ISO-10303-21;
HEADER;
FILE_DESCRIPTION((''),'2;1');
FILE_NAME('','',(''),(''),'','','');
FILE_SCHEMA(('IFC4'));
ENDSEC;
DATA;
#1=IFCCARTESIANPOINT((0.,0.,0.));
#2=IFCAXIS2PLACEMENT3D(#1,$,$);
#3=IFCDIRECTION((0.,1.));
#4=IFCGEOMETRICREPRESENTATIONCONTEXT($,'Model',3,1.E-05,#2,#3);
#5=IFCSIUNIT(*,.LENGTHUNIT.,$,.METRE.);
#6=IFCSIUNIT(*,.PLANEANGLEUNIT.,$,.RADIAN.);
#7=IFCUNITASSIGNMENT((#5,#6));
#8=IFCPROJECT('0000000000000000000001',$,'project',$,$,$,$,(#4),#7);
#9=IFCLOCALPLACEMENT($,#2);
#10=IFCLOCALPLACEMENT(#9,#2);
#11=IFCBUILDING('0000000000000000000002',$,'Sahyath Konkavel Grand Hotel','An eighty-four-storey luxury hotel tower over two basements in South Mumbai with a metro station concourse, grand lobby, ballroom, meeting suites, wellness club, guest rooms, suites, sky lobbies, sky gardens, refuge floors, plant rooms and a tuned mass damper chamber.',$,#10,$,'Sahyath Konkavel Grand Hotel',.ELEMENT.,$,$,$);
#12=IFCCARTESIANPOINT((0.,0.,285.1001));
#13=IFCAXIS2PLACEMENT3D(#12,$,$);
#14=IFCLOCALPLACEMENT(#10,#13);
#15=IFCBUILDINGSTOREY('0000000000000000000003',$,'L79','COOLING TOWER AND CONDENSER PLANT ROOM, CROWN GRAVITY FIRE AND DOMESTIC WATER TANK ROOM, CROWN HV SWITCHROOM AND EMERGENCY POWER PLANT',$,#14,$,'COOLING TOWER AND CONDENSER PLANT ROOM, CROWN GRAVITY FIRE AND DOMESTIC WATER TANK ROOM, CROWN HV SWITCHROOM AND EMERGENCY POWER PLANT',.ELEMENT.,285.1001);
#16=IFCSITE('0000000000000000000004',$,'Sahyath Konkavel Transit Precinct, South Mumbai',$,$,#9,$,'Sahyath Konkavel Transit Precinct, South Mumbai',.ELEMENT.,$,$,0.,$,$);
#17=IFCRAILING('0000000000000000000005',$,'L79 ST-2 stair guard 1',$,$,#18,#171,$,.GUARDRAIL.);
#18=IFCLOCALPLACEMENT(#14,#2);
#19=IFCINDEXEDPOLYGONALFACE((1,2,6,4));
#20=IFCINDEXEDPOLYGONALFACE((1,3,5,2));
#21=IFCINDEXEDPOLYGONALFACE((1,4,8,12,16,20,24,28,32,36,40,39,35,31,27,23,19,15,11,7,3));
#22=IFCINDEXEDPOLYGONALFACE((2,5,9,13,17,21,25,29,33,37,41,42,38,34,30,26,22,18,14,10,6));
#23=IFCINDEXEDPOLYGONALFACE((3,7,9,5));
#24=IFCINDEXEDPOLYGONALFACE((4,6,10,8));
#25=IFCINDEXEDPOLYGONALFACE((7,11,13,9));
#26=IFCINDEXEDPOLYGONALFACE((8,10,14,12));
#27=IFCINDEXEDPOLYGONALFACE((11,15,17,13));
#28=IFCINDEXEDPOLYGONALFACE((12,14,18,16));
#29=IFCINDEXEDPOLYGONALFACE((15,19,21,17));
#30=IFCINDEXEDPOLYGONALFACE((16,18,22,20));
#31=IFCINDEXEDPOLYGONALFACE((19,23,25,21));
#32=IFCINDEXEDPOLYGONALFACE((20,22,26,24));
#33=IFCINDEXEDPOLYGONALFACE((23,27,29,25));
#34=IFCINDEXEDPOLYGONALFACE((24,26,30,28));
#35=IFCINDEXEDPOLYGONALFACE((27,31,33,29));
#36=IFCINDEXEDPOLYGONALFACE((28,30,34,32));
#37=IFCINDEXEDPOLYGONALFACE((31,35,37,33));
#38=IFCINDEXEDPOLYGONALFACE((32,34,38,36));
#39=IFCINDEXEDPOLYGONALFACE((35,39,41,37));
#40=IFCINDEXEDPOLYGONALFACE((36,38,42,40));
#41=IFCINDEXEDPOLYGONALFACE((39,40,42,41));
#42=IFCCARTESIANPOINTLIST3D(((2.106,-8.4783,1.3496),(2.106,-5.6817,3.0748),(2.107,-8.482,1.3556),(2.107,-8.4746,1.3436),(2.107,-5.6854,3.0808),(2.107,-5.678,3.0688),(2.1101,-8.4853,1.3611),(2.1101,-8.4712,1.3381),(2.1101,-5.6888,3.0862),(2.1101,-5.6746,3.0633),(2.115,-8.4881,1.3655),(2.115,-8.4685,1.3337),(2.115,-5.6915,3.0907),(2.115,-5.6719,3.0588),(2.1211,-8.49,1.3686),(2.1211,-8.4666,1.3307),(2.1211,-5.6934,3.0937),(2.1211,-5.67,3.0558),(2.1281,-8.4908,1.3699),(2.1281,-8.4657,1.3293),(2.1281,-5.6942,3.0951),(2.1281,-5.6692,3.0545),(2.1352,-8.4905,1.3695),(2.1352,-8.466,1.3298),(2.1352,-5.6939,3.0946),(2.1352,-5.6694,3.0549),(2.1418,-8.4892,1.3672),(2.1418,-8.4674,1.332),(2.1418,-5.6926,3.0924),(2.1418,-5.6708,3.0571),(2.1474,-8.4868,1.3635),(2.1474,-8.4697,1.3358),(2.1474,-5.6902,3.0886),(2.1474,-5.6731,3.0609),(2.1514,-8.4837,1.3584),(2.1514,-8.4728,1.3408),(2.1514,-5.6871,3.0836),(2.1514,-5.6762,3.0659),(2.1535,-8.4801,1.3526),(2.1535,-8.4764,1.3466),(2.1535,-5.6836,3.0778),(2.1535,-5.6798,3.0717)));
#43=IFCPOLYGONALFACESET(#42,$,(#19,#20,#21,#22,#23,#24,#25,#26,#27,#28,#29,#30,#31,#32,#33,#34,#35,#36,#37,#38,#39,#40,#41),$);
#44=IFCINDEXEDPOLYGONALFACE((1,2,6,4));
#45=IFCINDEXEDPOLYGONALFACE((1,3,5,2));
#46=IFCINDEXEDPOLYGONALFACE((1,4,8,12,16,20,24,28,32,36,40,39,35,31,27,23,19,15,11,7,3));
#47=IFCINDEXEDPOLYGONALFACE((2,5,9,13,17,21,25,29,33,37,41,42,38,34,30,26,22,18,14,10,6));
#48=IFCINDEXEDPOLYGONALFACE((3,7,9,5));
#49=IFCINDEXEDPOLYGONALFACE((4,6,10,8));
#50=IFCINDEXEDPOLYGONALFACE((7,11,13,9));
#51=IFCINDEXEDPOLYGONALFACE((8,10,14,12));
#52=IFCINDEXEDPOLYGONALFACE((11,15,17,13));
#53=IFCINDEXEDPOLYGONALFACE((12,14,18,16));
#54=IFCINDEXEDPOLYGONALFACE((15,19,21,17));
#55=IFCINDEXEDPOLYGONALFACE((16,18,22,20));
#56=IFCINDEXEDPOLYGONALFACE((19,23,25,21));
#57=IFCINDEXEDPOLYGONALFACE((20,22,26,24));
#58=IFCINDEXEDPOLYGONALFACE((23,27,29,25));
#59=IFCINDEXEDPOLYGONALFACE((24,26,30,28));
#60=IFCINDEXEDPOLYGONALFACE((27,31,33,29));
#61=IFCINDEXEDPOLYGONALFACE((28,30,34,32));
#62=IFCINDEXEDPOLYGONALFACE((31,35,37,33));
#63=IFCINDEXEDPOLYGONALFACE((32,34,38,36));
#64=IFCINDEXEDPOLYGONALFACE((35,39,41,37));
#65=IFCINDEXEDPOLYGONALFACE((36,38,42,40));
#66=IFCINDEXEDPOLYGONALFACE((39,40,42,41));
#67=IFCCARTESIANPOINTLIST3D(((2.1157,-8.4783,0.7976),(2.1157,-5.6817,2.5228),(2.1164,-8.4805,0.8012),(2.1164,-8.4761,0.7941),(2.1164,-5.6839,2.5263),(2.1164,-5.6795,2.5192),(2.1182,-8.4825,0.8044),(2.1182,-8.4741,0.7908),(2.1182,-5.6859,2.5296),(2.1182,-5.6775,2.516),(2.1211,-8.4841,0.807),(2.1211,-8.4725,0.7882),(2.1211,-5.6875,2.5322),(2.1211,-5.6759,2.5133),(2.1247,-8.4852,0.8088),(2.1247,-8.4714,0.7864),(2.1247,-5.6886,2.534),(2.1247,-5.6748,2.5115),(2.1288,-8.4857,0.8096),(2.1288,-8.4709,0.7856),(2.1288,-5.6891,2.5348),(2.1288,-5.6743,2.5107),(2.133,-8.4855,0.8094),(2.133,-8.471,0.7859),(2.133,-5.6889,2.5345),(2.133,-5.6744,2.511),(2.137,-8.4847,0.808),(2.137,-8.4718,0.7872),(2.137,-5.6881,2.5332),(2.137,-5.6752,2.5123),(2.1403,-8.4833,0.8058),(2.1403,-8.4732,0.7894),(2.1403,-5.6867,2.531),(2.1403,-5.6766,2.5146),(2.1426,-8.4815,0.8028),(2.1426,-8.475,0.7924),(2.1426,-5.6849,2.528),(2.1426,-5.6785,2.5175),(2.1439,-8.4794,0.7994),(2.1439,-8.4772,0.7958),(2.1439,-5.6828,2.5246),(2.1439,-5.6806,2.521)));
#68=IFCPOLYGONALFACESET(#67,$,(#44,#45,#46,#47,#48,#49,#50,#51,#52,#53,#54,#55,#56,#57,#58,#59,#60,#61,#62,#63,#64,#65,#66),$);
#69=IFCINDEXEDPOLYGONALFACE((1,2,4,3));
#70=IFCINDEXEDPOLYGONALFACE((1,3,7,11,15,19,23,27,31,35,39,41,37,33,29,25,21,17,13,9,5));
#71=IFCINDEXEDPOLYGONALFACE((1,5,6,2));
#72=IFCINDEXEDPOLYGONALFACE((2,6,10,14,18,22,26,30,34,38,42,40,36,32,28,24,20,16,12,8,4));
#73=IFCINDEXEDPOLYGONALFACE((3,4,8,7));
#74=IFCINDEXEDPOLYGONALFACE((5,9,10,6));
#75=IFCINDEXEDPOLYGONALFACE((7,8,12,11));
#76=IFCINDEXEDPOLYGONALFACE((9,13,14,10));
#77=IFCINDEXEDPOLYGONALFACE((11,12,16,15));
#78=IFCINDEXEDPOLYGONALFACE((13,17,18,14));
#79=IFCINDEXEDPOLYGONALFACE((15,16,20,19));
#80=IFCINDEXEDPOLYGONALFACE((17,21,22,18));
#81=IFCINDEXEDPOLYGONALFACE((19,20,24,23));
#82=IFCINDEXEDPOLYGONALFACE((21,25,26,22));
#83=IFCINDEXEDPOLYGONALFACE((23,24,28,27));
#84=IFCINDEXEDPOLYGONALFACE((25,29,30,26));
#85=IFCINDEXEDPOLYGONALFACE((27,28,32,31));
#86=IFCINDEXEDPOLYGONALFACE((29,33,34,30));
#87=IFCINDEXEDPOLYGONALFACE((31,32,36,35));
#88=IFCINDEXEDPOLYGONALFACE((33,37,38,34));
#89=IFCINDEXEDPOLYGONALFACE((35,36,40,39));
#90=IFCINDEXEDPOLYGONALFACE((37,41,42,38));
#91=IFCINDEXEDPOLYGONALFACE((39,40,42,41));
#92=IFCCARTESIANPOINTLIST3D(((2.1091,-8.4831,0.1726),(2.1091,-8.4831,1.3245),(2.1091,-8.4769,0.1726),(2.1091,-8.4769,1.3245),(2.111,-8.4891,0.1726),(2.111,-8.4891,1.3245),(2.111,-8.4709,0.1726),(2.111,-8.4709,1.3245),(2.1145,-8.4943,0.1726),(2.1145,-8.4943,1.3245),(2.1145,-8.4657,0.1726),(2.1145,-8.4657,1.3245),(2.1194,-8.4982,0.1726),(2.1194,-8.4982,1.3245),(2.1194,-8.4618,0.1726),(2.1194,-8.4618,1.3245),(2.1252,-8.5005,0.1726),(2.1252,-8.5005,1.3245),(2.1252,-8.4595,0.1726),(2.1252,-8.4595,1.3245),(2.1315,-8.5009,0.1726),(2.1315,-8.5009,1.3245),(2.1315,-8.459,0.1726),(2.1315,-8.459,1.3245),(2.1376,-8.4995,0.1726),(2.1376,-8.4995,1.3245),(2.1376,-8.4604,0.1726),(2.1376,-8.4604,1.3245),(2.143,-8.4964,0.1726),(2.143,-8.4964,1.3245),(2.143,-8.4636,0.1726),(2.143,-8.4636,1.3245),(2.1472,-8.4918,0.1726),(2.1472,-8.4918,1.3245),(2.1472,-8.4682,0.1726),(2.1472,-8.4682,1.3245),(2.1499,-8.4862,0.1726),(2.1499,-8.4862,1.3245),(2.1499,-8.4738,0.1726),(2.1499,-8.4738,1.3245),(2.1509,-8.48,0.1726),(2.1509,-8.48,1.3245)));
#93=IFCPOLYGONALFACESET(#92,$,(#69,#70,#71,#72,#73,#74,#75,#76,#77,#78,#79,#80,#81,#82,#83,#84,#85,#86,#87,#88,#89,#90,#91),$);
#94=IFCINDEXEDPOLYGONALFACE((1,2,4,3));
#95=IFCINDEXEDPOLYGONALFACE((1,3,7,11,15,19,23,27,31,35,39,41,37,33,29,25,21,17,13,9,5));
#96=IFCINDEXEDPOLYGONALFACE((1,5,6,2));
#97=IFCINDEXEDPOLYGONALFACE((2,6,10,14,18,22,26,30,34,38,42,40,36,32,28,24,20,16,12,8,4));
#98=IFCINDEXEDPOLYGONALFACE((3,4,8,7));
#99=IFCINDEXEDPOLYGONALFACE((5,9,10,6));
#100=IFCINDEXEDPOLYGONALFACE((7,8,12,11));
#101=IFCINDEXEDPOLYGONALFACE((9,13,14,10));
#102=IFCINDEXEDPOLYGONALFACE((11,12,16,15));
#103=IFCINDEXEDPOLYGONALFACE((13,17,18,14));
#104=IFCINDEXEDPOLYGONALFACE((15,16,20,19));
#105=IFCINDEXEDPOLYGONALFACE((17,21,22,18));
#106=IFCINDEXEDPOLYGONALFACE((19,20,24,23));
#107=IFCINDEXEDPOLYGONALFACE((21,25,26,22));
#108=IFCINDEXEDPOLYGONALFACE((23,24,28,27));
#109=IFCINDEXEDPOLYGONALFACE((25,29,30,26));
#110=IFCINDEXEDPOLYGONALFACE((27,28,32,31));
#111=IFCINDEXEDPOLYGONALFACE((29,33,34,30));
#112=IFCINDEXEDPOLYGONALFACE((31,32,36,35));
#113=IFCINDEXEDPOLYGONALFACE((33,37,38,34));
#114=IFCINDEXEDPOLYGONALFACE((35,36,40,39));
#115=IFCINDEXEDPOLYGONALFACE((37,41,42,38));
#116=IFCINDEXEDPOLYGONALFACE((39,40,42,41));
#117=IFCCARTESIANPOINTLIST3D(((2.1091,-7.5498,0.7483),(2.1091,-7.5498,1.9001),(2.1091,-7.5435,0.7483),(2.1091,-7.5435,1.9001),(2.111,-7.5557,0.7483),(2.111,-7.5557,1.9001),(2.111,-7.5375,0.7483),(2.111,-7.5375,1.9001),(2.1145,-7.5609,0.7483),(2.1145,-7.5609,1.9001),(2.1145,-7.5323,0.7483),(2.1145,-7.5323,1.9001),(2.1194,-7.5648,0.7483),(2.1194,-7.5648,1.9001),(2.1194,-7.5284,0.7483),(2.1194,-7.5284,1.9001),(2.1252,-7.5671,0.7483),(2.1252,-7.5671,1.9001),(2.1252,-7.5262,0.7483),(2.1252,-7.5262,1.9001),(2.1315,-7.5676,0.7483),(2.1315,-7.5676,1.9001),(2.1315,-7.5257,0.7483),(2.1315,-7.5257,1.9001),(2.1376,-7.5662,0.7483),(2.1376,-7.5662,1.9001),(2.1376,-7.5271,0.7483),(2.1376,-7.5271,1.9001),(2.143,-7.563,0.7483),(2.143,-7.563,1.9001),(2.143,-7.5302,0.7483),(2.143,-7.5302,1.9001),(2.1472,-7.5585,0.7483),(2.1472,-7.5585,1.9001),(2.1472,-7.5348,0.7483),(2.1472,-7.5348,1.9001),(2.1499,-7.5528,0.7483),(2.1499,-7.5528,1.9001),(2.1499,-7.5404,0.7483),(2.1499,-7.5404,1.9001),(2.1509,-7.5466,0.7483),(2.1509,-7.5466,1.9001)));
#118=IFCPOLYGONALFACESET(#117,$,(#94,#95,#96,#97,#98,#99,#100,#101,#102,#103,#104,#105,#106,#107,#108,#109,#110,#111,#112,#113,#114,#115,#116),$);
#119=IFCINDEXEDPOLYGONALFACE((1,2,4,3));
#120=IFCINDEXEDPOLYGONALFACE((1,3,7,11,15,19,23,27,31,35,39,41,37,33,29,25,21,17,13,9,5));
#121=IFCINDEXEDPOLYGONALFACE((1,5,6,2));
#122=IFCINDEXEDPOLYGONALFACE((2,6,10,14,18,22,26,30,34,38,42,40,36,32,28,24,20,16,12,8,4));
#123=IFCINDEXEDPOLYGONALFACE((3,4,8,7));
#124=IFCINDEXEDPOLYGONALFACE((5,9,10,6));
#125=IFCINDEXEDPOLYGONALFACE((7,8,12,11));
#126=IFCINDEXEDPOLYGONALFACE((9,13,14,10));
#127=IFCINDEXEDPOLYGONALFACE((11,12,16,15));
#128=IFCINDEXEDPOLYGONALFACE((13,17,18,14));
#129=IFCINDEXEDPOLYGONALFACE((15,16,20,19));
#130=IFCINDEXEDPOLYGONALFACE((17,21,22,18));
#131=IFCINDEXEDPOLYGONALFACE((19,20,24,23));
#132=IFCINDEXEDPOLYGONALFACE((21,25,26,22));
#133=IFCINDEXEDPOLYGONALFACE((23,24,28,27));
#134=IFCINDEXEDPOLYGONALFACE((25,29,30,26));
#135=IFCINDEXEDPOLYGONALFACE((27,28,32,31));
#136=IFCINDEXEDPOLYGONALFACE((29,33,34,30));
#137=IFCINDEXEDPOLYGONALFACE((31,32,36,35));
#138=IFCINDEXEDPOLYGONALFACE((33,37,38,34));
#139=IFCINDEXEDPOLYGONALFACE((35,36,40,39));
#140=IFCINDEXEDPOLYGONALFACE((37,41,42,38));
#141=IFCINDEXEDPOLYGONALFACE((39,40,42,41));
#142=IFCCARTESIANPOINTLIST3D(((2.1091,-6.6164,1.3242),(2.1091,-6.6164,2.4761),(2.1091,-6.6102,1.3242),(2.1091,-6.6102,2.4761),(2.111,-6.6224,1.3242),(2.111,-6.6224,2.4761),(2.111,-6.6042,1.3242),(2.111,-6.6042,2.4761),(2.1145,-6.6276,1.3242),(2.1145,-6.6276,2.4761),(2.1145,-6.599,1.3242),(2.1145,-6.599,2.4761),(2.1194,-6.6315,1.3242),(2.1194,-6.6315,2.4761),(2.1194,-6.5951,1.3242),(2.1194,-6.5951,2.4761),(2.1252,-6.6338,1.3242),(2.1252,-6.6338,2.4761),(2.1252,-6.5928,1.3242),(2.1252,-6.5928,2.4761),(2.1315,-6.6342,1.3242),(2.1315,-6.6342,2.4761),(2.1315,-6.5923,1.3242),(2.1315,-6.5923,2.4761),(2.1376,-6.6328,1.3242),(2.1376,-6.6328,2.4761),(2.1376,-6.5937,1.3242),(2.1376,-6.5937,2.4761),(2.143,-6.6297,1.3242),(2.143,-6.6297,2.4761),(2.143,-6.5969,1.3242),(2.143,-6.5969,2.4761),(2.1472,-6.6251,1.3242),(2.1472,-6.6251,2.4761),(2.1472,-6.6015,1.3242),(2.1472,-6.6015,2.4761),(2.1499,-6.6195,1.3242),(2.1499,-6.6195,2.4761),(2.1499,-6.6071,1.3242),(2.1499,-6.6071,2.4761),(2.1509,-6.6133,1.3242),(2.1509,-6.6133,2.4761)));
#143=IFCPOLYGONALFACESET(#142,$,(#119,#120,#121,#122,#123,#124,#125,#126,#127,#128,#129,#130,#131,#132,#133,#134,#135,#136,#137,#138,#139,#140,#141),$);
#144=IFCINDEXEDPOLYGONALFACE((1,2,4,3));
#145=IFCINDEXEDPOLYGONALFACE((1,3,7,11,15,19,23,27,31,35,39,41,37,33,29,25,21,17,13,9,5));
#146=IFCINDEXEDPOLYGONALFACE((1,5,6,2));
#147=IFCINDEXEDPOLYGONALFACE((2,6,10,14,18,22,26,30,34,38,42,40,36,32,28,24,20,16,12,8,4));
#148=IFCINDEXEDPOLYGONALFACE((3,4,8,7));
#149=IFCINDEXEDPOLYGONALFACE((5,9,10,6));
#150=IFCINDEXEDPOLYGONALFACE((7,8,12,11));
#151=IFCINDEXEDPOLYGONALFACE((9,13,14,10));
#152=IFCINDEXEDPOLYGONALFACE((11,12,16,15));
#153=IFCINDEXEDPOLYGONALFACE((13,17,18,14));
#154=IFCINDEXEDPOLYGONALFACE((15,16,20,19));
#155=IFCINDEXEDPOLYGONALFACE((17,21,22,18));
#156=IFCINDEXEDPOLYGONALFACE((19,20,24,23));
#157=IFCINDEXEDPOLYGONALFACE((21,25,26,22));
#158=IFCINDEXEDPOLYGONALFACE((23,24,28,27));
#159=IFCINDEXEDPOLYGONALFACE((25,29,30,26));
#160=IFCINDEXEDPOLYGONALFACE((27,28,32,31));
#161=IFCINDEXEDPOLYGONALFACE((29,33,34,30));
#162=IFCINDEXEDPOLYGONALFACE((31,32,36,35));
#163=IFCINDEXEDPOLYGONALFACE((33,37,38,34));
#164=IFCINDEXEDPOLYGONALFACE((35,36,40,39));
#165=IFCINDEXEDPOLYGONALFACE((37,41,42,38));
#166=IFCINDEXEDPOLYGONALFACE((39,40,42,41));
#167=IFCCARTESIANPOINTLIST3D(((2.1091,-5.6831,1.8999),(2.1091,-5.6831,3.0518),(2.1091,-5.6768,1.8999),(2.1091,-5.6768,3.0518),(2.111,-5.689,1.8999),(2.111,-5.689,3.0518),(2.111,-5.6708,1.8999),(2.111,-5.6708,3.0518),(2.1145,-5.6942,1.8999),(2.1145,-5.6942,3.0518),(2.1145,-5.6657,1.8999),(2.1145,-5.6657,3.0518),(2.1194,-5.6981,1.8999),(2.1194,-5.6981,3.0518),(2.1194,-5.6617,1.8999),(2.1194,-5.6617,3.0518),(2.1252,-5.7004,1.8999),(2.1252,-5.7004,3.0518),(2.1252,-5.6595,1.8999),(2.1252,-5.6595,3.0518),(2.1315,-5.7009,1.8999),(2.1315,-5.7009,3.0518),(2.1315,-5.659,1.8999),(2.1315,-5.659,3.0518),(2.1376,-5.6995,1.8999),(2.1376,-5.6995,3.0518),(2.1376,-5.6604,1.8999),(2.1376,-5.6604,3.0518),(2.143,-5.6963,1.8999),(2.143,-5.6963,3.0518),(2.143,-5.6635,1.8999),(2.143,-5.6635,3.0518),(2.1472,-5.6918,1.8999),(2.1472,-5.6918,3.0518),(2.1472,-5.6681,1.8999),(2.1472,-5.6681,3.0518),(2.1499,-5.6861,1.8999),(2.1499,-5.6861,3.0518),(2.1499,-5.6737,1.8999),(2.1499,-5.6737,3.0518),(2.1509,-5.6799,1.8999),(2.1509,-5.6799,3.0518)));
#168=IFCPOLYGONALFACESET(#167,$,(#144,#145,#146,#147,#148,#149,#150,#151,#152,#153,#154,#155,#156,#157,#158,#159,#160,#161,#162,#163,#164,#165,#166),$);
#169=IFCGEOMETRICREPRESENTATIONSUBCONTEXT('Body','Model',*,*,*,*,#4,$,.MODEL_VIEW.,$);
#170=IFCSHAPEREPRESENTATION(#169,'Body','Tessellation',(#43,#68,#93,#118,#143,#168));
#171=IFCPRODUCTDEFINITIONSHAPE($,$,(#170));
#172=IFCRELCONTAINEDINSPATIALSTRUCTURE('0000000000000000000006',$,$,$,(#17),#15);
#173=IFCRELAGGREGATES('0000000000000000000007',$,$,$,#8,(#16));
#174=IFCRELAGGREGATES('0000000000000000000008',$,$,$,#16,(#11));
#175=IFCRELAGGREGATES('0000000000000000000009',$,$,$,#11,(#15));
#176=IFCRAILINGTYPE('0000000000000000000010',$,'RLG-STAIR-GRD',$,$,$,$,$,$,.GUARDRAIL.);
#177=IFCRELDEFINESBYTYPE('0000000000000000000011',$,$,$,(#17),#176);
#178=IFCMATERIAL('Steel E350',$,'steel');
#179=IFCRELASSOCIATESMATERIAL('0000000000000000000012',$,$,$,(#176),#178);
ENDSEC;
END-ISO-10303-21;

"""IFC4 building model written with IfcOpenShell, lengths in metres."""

from ifc_helpers import new_model, si_unit, direction, frame, origin, origin_2d, place, context, subcontext, project, spatial, circle, extrude, material, type_object, element, save


model = new_model("IFC4")

# Units and contexts
model_context = context("Model", 3, precision=1e-05, world=origin(), true_north=direction((0.0, 1.0)))
body_context = subcontext(model_context, "Body", "Model", "MODEL_VIEW")
ifc_project = project(units=[si_unit("LENGTHUNIT", "METRE"), si_unit("PLANEANGLEUNIT", "RADIAN")], contexts=[model_context])

# Site, building, storey
site_placement = place(None, origin())
site = spatial("IfcSite", under=ifc_project, at=site_placement, Name="Sahyath Konkavel Transit Precinct, South Mumbai", LongName="Sahyath Konkavel Transit Precinct, South Mumbai", CompositionType="ELEMENT", RefElevation=0.0)
building_placement = place(site_placement, origin())
building = spatial("IfcBuilding", under=site, at=building_placement, Name="Sahyath Konkavel Grand Hotel", Description="An eighty-four-storey luxury hotel tower over two basements in South Mumbai with a metro station concourse, grand lobby, ballroom, meeting suites, wellness club, guest rooms, suites, sky lobbies, sky gardens, refuge floors, plant rooms and a tuned mass damper chamber.", LongName="Sahyath Konkavel Grand Hotel", CompositionType="ELEMENT")
storey_placement = place(building_placement, frame((0.0, 0.0, 285.1001)))
storey = spatial("IfcBuildingStorey", under=building, at=storey_placement, Name="L79", Description="COOLING TOWER AND CONDENSER PLANT ROOM, CROWN GRAVITY FIRE AND DOMESTIC WATER TANK ROOM, CROWN HV SWITCHROOM AND EMERGENCY POWER PLANT", LongName="COOLING TOWER AND CONDENSER PLANT ROOM, CROWN GRAVITY FIRE AND DOMESTIC WATER TANK ROOM, CROWN HV SWITCHROOM AND EMERGENCY POWER PLANT", CompositionType="ELEMENT", Elevation=285.1001)

# Shared definitions
ifc_material_1 = material(Name="Steel E350", Category="steel")

# Railing
railing_type_1 = type_object("IfcRailingType", Name="RLG-STAIR-GRD", PredefinedType="GUARDRAIL", material=ifc_material_1)
railing_1_placement = place(storey_placement, frame((2.1299, -8.48, 0.1726)))
element("IfcRailing", 1, at=railing_1_placement, inside=storey, type_object=railing_type_1, Name="L79 ST-2 stair guard 1", PredefinedType="GUARDRAIL", context=body_context, shape_type="SweptSolid", body=[
    extrude(circle(Radius=0.0239, at=origin_2d()), frame((0.0, 0.0017, 1.177), z_axis=(0.0, 0.85109, 0.52502), x_axis=(-1.0, 0.0, 0.0)), (0.0, 0.0, 1.0), 3.2859),
    extrude(circle(Radius=0.0142, at=origin_2d()), frame((0.0, 0.0017, 0.625), z_axis=(0.0, 0.85109, 0.52502), x_axis=(-1.0, 0.0, 0.0)), (0.0, 0.0, 1.0), 3.2859),
    extrude(circle(Radius=0.021, at=origin_2d()), origin(), (0.0, 0.0, 1.0), 1.1519),
    extrude(circle(Radius=0.021, at=origin_2d()), frame((0.0, 0.9333, 0.5757)), (0.0, 0.0, 1.0), 1.1519),
    extrude(circle(Radius=0.021, at=origin_2d()), frame((0.0, 1.8667, 1.1516)), (0.0, 0.0, 1.0), 1.1519),
    extrude(circle(Radius=0.021, at=origin_2d()), frame((0.0, 2.8, 1.7273)), (0.0, 0.0, 1.0), 1.1519),
])

save(model, "model.ifc")
